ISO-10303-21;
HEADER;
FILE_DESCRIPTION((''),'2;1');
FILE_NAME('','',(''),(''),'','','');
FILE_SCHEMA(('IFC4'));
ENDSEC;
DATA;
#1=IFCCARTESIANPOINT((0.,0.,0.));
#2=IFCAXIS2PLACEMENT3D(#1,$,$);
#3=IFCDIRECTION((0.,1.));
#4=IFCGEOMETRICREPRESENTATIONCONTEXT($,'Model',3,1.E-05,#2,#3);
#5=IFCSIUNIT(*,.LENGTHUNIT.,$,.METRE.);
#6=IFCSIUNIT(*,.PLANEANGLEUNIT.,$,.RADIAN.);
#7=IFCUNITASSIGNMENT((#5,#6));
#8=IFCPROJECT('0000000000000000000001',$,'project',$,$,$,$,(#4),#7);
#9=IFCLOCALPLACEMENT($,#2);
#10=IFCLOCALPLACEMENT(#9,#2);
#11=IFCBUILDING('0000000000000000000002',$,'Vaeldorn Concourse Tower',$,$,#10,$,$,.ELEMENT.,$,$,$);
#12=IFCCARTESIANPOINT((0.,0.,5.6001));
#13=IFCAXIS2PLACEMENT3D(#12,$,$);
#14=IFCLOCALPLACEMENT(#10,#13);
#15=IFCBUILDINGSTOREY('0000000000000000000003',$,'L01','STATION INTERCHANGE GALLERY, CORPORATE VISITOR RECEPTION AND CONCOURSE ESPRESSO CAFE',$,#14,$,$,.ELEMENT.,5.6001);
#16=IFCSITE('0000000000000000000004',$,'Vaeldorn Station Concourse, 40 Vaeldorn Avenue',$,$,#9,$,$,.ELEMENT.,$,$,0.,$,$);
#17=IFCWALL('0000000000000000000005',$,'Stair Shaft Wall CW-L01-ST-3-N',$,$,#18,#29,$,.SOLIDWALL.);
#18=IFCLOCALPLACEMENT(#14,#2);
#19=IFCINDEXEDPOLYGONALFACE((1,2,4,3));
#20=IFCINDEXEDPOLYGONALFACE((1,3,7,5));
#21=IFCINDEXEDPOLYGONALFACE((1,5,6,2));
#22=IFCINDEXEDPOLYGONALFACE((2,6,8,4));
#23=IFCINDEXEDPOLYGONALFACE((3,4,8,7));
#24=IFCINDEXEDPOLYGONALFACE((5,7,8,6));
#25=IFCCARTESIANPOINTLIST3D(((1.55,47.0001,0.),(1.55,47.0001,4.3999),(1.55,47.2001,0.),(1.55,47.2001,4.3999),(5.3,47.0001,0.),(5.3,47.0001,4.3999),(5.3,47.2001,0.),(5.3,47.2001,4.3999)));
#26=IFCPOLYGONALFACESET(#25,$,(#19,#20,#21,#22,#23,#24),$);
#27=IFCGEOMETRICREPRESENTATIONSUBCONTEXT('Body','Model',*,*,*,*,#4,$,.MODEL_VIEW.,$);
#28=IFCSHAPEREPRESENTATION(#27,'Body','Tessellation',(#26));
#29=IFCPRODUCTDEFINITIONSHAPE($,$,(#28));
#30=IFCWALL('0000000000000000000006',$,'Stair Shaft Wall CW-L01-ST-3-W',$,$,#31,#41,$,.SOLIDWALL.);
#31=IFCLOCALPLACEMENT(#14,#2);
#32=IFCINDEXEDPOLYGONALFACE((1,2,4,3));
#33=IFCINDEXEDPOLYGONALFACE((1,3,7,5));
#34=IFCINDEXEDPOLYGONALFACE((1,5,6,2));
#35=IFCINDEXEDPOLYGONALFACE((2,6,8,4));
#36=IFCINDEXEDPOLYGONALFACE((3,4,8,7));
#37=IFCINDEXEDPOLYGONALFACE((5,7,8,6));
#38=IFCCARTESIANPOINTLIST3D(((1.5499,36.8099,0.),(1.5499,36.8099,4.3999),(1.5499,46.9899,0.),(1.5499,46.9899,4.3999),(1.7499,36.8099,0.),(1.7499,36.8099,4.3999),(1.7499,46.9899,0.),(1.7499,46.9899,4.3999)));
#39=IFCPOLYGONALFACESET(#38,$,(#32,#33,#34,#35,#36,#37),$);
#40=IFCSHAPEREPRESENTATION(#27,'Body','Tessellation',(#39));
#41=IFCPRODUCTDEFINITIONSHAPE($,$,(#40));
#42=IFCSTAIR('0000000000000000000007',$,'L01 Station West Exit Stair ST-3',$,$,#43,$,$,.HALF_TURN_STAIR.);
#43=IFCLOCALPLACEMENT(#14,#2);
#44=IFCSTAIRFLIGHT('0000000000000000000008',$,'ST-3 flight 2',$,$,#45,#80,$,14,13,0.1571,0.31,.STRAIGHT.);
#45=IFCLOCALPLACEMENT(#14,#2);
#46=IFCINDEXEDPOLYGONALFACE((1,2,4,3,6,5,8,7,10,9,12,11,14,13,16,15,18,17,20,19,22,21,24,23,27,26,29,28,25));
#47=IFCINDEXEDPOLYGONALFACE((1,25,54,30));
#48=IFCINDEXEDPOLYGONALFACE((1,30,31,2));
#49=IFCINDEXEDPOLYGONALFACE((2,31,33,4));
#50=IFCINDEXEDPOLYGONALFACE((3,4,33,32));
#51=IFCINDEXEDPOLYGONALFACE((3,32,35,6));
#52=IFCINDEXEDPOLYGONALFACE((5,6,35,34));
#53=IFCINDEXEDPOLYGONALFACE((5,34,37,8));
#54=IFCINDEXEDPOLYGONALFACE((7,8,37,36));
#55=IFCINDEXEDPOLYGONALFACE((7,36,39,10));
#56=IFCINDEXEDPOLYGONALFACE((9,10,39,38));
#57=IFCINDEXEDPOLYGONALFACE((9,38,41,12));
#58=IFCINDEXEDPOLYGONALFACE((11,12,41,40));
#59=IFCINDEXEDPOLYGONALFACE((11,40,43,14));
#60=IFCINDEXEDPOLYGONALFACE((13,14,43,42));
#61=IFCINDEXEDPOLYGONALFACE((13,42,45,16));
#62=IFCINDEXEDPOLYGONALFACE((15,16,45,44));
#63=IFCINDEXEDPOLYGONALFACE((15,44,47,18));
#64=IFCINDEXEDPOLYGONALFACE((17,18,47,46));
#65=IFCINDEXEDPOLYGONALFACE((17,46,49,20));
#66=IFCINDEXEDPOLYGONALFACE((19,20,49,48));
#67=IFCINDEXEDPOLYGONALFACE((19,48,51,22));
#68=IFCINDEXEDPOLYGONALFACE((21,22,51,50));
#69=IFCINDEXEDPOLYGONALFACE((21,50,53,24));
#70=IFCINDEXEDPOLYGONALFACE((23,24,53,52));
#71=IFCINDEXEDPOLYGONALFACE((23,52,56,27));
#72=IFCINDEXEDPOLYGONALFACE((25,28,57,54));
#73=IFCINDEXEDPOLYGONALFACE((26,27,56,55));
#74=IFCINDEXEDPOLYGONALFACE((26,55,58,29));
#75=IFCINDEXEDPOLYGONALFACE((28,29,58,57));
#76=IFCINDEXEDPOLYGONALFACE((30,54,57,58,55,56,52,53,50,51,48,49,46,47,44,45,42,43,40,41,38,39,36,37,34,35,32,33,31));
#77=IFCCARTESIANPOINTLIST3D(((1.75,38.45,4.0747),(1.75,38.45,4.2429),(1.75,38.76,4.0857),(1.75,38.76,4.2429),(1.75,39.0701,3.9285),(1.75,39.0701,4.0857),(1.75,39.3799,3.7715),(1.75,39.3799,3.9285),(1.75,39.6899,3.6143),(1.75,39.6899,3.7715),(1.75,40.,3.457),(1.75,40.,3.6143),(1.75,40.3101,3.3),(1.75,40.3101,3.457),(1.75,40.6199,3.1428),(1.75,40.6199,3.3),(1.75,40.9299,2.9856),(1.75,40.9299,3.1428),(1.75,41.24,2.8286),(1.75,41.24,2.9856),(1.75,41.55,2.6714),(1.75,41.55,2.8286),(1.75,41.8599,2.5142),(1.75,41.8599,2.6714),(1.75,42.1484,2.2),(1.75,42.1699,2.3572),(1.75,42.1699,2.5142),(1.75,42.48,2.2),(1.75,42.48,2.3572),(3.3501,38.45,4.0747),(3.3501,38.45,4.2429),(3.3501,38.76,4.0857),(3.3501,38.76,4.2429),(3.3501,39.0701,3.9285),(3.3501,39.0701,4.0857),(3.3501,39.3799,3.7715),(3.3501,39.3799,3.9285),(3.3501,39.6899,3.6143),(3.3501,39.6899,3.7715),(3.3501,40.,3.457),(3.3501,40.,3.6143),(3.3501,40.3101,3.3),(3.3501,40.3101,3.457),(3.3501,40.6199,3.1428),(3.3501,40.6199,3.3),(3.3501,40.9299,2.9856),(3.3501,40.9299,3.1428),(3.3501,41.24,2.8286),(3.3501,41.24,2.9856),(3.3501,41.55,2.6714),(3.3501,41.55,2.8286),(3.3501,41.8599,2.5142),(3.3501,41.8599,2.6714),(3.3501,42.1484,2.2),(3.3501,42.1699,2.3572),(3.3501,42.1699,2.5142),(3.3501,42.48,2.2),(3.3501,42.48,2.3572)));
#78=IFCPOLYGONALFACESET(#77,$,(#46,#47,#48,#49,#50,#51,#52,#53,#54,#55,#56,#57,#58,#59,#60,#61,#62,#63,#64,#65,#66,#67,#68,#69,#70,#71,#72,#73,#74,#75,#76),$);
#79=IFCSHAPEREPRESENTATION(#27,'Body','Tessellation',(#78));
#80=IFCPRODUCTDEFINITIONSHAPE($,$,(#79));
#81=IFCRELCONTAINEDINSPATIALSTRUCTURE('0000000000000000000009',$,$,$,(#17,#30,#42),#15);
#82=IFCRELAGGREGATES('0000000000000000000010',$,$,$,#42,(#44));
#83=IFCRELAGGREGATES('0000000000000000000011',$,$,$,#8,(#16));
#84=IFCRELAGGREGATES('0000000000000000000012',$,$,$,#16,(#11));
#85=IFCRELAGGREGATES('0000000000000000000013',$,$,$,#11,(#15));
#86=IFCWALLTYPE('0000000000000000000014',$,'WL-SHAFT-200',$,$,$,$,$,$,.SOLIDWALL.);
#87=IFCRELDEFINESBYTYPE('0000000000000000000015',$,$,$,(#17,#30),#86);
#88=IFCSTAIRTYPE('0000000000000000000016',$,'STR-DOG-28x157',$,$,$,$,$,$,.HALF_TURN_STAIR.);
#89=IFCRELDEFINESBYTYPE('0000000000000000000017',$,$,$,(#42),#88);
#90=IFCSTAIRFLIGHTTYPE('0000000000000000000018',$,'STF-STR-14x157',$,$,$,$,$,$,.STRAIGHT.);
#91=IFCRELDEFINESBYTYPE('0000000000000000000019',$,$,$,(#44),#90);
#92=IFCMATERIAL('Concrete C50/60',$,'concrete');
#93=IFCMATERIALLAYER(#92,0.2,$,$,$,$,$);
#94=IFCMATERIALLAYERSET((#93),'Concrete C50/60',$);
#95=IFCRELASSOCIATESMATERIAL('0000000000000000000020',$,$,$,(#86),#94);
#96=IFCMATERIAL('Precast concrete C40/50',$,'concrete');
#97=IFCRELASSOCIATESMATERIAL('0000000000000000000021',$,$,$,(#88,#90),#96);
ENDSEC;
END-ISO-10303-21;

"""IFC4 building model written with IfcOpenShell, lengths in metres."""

from ifc_helpers import new_model, si_unit, direction, frame, frame_2d, origin, place, context, subcontext, project, spatial, polyline, rectangle, outline, extrude, material, layer, layer_set, type_object, element, aggregate, save


model = new_model("IFC4")

# Units and contexts
model_context = context("Model", 3, precision=1e-05, world=origin(), true_north=direction((0.0, 1.0)))
body_context = subcontext(model_context, "Body", "Model", "MODEL_VIEW")
ifc_project = project(units=[si_unit("LENGTHUNIT", "METRE"), si_unit("PLANEANGLEUNIT", "RADIAN")], contexts=[model_context])

# Site, building, storey
site_placement = place(None, origin())
site = spatial("IfcSite", under=ifc_project, at=site_placement, Name="Vaeldorn Station Concourse, 40 Vaeldorn Avenue", CompositionType="ELEMENT", RefElevation=0.0)
building_placement = place(site_placement, origin())
building = spatial("IfcBuilding", under=site, at=building_placement, Name="Vaeldorn Concourse Tower", CompositionType="ELEMENT")
storey_placement = place(building_placement, frame((0.0, 0.0, 5.6001)))
storey = spatial("IfcBuildingStorey", under=building, at=storey_placement, Name="L01", Description="STATION INTERCHANGE GALLERY, CORPORATE VISITOR RECEPTION AND CONCOURSE ESPRESSO CAFE", CompositionType="ELEMENT", Elevation=5.6001)

# Shared definitions
ifc_material_1 = material(Name="Concrete C50/60", Category="concrete")
ifc_layer_1 = layer(ifc_material_1, 0.2)
ifc_layer_set_1 = layer_set([ifc_layer_1], Name="Concrete C50/60")
wall_type = type_object("IfcWallType", Name="WL-SHAFT-200", PredefinedType="SOLIDWALL", material=ifc_layer_set_1)

# Walls
wall_1_placement = place(storey_placement, frame((1.55, 47.1001, 0.0), z_axis=(0.0, 0.0, 1.0), x_axis=(1.0, 0.0, 0.0)))
element("IfcWall", 1, at=wall_1_placement, inside=storey, type_object=wall_type, Name="Stair Shaft Wall CW-L01-ST-3-N", PredefinedType="SOLIDWALL", context=body_context, shape_type="SweptSolid", body=[
    extrude(rectangle(XDim=3.75, YDim=0.2, at=frame_2d((1.875, 0.0))), origin(), (0.0, 0.0, 1.0), 4.3999),
])
wall_2_placement = place(storey_placement, frame((1.6499, 36.8101, 0.0), z_axis=(0.0, 0.0, 1.0), x_axis=(0.0, 1.0, 0.0)))
element("IfcWall", 2, at=wall_2_placement, inside=storey, type_object=wall_type, Name="Stair Shaft Wall CW-L01-ST-3-W", PredefinedType="SOLIDWALL", context=body_context, shape_type="SweptSolid", body=[
    extrude(rectangle(XDim=10.1799, YDim=0.2, at=frame_2d((5.0898, 0.0))), origin(), (0.0, 0.0, 1.0), 4.3999),
])

# Stair, stair flight
ifc_material_2 = material(Name="Precast concrete C40/50", Category="concrete")
stair_type = type_object("IfcStairType", Name="STR-DOG-28x157", PredefinedType="HALF_TURN_STAIR", material=ifc_material_2)
stair_placement = place(storey_placement, origin())
stair = element("IfcStair", 3, at=stair_placement, inside=storey, type_object=stair_type, Name="L01 Station West Exit Stair ST-3", PredefinedType="HALF_TURN_STAIR")
stair_flight_type = type_object("IfcStairFlightType", Name="STF-STR-14x157", PredefinedType="STRAIGHT", material=ifc_material_2)
stair_flight_placement = place(storey_placement, frame((2.55, 42.48, 2.2), z_axis=(0.0, 0.0, 1.0), x_axis=(0.0, -1.0, 0.0)))
stair_flight = element("IfcStairFlight", 4, at=stair_flight_placement, type_object=stair_flight_type, Name="ST-3 flight 2", NumberOfRisers=14, NumberOfTreads=13, PredefinedType="STRAIGHT", RiserHeight=0.1571, TreadLength=0.31, context=body_context, shape_type="SweptSolid", body=[
    extrude(outline(polyline([(0.0, 0.0), (0.0, 0.1572), (0.3101, 0.1572), (0.3101, 0.3142), (0.6201, 0.3142), (0.6201, 0.4714), (0.9299, 0.4714), (0.9299, 0.6287), (1.24, 0.6287), (1.24, 0.7856), (1.55, 0.7856), (1.55, 0.9429), (1.8601, 0.9429), (1.8601, 1.1001), (2.1699, 1.1001), (2.1699, 1.2571), (2.48, 1.2571), (2.48, 1.4143), (2.79, 1.4143), (2.79, 1.5715), (3.1001, 1.5715), (3.1001, 1.7285), (3.4099, 1.7285), (3.4099, 1.8857), (3.72, 1.8857), (3.72, 2.043), (4.03, 2.043), (4.03, 2.2), (4.03, 1.8748), (0.3315, 0.0), (0.0, 0.0)])), frame((0.0, 0.8, 0.0), z_axis=(0.0, -1.0, 0.0), x_axis=(1.0, 0.0, 0.0)), (0.0, 0.0, 1.0), 1.6001),
])
aggregate(stair, [stair_flight])

save(model, "model.ifc")
